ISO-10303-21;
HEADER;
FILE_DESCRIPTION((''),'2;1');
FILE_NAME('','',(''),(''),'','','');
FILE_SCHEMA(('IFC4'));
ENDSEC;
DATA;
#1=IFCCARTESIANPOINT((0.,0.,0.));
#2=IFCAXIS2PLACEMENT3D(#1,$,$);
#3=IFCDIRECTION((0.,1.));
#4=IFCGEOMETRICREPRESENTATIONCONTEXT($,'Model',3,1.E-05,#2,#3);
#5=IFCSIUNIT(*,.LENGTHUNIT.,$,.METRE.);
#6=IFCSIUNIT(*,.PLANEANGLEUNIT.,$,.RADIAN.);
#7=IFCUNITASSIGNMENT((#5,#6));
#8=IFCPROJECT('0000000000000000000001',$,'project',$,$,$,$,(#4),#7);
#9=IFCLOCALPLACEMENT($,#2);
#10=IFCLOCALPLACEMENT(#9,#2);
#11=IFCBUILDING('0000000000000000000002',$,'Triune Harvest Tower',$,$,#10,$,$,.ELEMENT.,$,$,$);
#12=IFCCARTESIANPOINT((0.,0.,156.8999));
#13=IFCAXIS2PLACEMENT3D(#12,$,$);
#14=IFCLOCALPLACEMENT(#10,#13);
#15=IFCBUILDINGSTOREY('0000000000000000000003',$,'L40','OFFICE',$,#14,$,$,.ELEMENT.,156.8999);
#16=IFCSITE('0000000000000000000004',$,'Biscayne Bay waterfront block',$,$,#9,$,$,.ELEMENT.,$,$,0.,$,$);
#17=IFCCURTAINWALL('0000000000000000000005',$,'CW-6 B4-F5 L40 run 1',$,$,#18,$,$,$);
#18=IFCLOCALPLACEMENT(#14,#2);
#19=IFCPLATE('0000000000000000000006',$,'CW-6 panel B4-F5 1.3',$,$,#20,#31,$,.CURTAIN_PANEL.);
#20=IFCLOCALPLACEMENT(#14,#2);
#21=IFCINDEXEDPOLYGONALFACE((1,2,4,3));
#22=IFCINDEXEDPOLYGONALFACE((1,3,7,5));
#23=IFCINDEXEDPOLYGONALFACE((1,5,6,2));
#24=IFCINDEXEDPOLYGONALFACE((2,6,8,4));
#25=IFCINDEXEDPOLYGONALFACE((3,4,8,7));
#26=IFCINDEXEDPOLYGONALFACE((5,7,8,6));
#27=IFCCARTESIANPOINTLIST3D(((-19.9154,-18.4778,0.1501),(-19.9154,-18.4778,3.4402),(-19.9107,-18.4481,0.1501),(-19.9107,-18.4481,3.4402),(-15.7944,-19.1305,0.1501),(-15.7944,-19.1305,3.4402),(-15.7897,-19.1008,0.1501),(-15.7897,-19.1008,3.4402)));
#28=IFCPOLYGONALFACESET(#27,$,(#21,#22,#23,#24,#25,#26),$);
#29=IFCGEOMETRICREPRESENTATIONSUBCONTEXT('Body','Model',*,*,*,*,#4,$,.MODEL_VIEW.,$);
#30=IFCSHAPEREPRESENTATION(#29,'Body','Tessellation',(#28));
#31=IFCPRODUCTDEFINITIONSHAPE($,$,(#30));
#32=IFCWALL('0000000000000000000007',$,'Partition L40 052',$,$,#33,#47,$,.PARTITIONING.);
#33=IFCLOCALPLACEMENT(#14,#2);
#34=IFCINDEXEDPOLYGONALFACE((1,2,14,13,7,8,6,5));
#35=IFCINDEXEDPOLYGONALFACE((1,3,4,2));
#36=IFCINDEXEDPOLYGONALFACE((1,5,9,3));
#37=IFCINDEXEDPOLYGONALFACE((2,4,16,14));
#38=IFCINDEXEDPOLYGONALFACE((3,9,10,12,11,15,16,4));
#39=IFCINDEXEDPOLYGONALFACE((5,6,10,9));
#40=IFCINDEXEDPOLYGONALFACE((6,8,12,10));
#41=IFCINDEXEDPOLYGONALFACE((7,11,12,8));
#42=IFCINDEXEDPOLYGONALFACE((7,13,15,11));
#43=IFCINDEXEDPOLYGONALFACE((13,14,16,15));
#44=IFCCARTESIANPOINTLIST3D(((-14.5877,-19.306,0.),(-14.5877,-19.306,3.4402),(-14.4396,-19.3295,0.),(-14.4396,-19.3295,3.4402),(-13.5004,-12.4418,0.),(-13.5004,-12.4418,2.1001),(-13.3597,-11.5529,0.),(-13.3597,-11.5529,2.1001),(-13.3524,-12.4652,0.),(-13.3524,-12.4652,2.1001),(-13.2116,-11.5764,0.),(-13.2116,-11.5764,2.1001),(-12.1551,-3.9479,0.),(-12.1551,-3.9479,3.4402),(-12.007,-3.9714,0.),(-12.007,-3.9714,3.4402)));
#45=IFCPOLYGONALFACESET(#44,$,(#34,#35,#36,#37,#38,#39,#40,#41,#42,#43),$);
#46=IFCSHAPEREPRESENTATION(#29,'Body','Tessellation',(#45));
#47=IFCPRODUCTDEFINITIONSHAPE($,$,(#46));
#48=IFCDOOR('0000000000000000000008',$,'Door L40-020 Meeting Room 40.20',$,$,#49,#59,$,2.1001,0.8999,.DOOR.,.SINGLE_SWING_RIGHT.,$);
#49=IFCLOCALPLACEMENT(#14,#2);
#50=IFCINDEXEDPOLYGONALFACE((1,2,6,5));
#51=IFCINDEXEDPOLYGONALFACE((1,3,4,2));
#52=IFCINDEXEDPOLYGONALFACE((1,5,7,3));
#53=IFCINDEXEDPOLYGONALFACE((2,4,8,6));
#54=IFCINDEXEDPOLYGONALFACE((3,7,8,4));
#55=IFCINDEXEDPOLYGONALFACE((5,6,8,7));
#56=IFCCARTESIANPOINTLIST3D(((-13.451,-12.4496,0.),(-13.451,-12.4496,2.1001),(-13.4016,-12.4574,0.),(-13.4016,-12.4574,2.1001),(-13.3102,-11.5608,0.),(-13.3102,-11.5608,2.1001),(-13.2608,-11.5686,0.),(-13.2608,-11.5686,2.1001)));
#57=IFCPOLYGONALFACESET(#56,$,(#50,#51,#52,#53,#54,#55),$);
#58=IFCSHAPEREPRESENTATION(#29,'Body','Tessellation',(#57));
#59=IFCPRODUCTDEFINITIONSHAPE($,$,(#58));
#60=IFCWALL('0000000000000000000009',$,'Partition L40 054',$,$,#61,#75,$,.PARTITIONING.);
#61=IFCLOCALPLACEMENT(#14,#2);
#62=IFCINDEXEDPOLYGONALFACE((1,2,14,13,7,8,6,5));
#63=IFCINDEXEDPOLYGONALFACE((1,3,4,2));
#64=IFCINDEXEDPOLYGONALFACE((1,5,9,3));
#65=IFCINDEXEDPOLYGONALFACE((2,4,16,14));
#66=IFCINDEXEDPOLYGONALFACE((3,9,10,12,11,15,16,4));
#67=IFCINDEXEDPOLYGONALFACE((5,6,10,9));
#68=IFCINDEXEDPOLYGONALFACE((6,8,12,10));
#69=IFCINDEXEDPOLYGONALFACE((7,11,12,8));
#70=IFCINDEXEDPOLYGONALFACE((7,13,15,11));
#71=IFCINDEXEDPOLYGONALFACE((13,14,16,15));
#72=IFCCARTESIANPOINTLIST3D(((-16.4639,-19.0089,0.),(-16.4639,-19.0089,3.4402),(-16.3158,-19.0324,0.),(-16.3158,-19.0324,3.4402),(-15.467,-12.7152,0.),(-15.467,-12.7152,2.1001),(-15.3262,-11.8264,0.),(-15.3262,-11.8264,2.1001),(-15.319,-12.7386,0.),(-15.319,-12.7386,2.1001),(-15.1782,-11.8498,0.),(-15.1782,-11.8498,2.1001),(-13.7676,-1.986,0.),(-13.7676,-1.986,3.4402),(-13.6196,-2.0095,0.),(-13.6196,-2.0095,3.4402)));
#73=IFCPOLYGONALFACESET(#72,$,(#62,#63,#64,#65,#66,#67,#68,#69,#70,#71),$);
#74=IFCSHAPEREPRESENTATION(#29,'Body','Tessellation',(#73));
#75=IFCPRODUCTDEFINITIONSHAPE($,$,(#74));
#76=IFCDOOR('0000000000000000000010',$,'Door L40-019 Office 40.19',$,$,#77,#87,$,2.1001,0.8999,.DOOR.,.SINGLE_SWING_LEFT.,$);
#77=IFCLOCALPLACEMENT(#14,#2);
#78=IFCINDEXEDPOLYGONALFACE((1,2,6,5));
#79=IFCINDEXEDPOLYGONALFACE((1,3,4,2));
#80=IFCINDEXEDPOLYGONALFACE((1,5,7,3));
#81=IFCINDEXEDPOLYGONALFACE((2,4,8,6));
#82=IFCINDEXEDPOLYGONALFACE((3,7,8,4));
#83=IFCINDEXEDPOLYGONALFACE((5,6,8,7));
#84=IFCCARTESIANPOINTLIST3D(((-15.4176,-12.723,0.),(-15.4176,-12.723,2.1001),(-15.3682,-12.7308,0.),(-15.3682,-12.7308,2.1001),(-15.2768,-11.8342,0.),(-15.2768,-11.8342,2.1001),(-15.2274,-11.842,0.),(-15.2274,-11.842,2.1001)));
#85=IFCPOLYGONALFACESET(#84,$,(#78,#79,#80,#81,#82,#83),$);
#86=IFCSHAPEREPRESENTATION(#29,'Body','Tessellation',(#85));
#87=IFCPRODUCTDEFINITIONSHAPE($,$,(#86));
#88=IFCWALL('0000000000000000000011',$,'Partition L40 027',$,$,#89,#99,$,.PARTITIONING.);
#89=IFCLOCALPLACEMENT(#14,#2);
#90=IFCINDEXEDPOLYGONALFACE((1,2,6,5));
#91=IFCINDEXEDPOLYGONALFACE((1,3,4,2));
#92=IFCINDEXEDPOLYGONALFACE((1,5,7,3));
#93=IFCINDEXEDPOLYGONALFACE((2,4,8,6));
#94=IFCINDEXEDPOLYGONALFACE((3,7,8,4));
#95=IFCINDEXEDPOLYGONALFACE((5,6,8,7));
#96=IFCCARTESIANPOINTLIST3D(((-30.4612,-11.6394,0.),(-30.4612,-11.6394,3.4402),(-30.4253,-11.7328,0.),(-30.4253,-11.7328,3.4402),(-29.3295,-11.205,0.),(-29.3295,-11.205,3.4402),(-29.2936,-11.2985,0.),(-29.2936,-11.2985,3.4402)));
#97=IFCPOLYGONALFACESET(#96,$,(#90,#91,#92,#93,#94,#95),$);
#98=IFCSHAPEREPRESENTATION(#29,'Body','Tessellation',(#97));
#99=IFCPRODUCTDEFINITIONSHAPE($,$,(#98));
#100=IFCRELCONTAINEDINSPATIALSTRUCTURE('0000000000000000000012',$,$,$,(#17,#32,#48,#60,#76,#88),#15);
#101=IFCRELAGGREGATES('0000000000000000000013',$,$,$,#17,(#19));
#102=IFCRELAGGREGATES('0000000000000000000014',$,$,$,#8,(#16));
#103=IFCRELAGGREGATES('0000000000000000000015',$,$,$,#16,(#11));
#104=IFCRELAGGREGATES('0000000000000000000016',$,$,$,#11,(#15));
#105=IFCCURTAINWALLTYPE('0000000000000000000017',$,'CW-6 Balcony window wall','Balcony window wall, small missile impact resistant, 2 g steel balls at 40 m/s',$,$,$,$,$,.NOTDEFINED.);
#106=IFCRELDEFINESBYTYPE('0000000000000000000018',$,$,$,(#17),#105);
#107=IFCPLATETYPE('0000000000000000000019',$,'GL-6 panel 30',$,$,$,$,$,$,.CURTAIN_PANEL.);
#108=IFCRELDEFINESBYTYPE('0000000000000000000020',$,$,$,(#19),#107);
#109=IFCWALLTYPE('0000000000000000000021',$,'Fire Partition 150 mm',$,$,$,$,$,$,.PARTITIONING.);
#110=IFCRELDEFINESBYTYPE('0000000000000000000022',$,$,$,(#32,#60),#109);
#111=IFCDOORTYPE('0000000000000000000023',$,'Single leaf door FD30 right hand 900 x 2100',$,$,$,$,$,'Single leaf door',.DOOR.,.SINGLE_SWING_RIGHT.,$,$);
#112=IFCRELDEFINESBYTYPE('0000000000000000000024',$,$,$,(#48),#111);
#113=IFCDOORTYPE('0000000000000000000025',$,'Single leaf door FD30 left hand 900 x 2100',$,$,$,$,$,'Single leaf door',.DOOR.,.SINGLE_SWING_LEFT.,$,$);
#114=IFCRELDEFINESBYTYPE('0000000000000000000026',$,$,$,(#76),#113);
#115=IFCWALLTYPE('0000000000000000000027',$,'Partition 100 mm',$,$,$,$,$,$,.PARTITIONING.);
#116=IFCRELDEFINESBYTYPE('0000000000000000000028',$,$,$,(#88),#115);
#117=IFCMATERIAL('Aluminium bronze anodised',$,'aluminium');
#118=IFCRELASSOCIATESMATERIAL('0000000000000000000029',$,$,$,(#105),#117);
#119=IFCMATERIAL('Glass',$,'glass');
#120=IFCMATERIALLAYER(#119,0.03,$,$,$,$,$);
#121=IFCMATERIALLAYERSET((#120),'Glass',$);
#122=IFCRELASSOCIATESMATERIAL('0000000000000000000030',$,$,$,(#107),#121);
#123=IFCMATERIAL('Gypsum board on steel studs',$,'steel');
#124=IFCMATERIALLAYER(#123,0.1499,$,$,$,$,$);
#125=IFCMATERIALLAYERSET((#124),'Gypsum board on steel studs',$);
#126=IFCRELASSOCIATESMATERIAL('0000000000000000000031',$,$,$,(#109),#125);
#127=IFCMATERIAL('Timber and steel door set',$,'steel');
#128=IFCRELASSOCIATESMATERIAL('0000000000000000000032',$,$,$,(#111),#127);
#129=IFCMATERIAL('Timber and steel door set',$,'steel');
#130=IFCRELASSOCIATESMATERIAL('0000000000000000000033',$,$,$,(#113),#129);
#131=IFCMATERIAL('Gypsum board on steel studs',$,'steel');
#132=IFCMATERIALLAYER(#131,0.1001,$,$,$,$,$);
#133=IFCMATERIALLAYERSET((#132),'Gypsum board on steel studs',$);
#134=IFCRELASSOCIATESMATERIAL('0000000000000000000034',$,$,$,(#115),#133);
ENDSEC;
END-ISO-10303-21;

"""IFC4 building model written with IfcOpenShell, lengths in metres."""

from ifc_helpers import new_model, si_unit, direction, frame, frame_2d, origin, origin_2d, place, context, subcontext, project, spatial, rectangle, extrude, source, transform, mapped, material, layer, layer_set, type_object, element, fill, aggregate, save


model = new_model("IFC4")

# Units and contexts
model_context = context("Model", 3, precision=1e-05, world=origin(), true_north=direction((0.0, 1.0)))
body_context = subcontext(model_context, "Body", "Model", "MODEL_VIEW")
ifc_project = project(units=[si_unit("LENGTHUNIT", "METRE"), si_unit("PLANEANGLEUNIT", "RADIAN")], contexts=[model_context])

# Site, building, storey
site_placement = place(None, origin())
site = spatial("IfcSite", under=ifc_project, at=site_placement, Name="Biscayne Bay waterfront block", CompositionType="ELEMENT", RefElevation=0.0)
building_placement = place(site_placement, origin())
building = spatial("IfcBuilding", under=site, at=building_placement, Name="Triune Harvest Tower", CompositionType="ELEMENT")
storey_placement = place(building_placement, frame((0.0, 0.0, 156.8999)))
storey = spatial("IfcBuildingStorey", under=building, at=storey_placement, Name="L40", Description="OFFICE", CompositionType="ELEMENT", Elevation=156.8999)

# Curtain wall
ifc_material_1 = material(Name="Aluminium bronze anodised", Category="aluminium")
curtain_wall_type_1 = type_object("IfcCurtainWallType", Name="CW-6 Balcony window wall", Description="Balcony window wall, small missile impact resistant, 2 g steel balls at 40 m/s", PredefinedType="NOTDEFINED", material=ifc_material_1)
curtain_wall_1_placement = place(storey_placement, origin())
curtain_wall_1 = element("IfcCurtainWall", 1, at=curtain_wall_1_placement, inside=storey, type_object=curtain_wall_type_1, Name="CW-6 B4-F5 L40 run 1")

# Plate
ifc_material_2 = material(Name="Glass", Category="glass")
ifc_layer_1 = layer(ifc_material_2, 0.03)
ifc_layer_set_1 = layer_set([ifc_layer_1], Name="Glass")
plate_type_1 = type_object("IfcPlateType", Name="GL-6 panel 30", PredefinedType="CURTAIN_PANEL", material=ifc_layer_set_1)
shared_shape_1 = source(origin(), body_context, "Body", "SweptSolid", [
    extrude(rectangle(XDim=4.1724, YDim=0.03, at=origin_2d()), origin(), (0.0, 0.0, 1.0), 3.29),
])
plate_1_placement = place(storey_placement, frame((-17.8525, -18.7893, 0.1501), z_axis=(0.0, 0.0, 1.0), x_axis=(0.987688, -0.156437, 0.0)))
plate_1 = element("IfcPlate", 2, at=plate_1_placement, type_object=plate_type_1, Name="CW-6 panel B4-F5 1.3", PredefinedType="CURTAIN_PANEL", context=body_context, shape_type="MappedRepresentation", body=[
    mapped(shared_shape_1, transform((0.0, 0.0, 0.0), scale=1.0)),
])
aggregate(curtain_wall_1, [plate_1])

# Walls, openings, doors
ifc_material_3 = material(Name="Gypsum board on steel studs", Category="steel")
ifc_layer_2 = layer(ifc_material_3, 0.1499)
ifc_layer_set_2 = layer_set([ifc_layer_2], Name="Gypsum board on steel studs")
wall_type_1 = type_object("IfcWallType", Name="Fire Partition 150 mm", PredefinedType="PARTITIONING", material=ifc_layer_set_2)
wall_1_placement = place(storey_placement, frame((-14.5137, -19.3179, 0.0), z_axis=(0.0, 0.0, 1.0), x_axis=(0.156442, 0.987687, 0.0)))
wall_1 = element("IfcWall", 3, at=wall_1_placement, inside=storey, type_object=wall_type_1, Name="Partition L40 052", PredefinedType="PARTITIONING", context=body_context, shape_type="SweptSolid", body=[
    extrude(rectangle(XDim=15.5496, YDim=0.1499, at=frame_2d((7.7749, 0.0))), origin(), (0.0, 0.0, 1.0), 3.4402),
])
opening_1_placement = place(wall_1_placement, frame((6.95, 0.0, 0.0)))
opening_1 = element("IfcOpeningElement", 4, at=opening_1_placement, cuts=wall_1, PredefinedType="OPENING", context=body_context, shape_type="SweptSolid", body=[
    extrude(rectangle(XDim=0.8999, YDim=2.1001, at=frame_2d((0.45, 1.05))), frame((0.0, 0.085, 0.0), z_axis=(0.0, -1.0, 0.0), x_axis=(1.0, 0.0, 0.0)), (0.0, 0.0, 1.0), 0.1699),
])
ifc_material_4 = material(Name="Timber and steel door set", Category="steel")
door_type_1 = type_object("IfcDoorType", Name="Single leaf door FD30 right hand 900 x 2100", ElementType="Single leaf door", OperationType="SINGLE_SWING_RIGHT", PredefinedType="DOOR", material=ifc_material_4)
door_1_placement = place(opening_1_placement, origin())
door_1 = element("IfcDoor", 5, at=door_1_placement, inside=storey, type_object=door_type_1, Name="Door L40-020 Meeting Room 40.20", OperationType="SINGLE_SWING_RIGHT", OverallHeight=2.1001, OverallWidth=0.8999, PredefinedType="DOOR", context=body_context, shape_type="SweptSolid", body=[
    extrude(rectangle(XDim=0.8999, YDim=2.1001, at=frame_2d((0.45, 1.05))), frame((0.0, 0.0249, 0.0), z_axis=(0.0, -1.0, 0.0), x_axis=(1.0, 0.0, 0.0)), (0.0, 0.0, 1.0), 0.05),
])
fill(opening_1, door_1)
wall_2_placement = place(storey_placement, frame((-16.3899, -19.0208, 0.0), z_axis=(0.0, 0.0, 1.0), x_axis=(0.156441, 0.987687, 0.0)))
wall_2 = element("IfcWall", 6, at=wall_2_placement, inside=storey, type_object=wall_type_1, Name="Partition L40 054", PredefinedType="PARTITIONING", context=body_context, shape_type="SweptSolid", body=[
    extrude(rectangle(XDim=17.2351, YDim=0.1499, at=frame_2d((8.6177, 0.0))), origin(), (0.0, 0.0, 1.0), 3.4402),
])
opening_2_placement = place(wall_2_placement, frame((6.3723, 0.0, 0.0)))
opening_2 = element("IfcOpeningElement", 7, at=opening_2_placement, cuts=wall_2, PredefinedType="OPENING", context=body_context, shape_type="SweptSolid", body=[
    extrude(rectangle(XDim=0.8999, YDim=2.1001, at=frame_2d((0.45, 1.05))), frame((0.0, 0.085, 0.0), z_axis=(0.0, -1.0, 0.0), x_axis=(1.0, 0.0, 0.0)), (0.0, 0.0, 1.0), 0.1699),
])
ifc_material_5 = material(Name="Timber and steel door set", Category="steel")
door_type_2 = type_object("IfcDoorType", Name="Single leaf door FD30 left hand 900 x 2100", ElementType="Single leaf door", OperationType="SINGLE_SWING_LEFT", PredefinedType="DOOR", material=ifc_material_5)
door_2_placement = place(opening_2_placement, origin())
door_2 = element("IfcDoor", 8, at=door_2_placement, inside=storey, type_object=door_type_2, Name="Door L40-019 Office 40.19", OperationType="SINGLE_SWING_LEFT", OverallHeight=2.1001, OverallWidth=0.8999, PredefinedType="DOOR", context=body_context, shape_type="SweptSolid", body=[
    extrude(rectangle(XDim=0.8999, YDim=2.1001, at=frame_2d((0.45, 1.05))), frame((0.0, 0.0249, 0.0), z_axis=(0.0, -1.0, 0.0), x_axis=(1.0, 0.0, 0.0)), (0.0, 0.0, 1.0), 0.05),
])
fill(opening_2, door_2)

# Wall
ifc_material_6 = material(Name="Gypsum board on steel studs", Category="steel")
ifc_layer_3 = layer(ifc_material_6, 0.1001)
ifc_layer_set_3 = layer_set([ifc_layer_3], Name="Gypsum board on steel studs")
wall_type_2 = type_object("IfcWallType", Name="Partition 100 mm", PredefinedType="PARTITIONING", material=ifc_layer_set_3)
shared_shape_2 = source(origin(), body_context, "Body", "SweptSolid", [
    extrude(rectangle(XDim=1.2122, YDim=0.1001, at=frame_2d((0.606, 0.0))), origin(), (0.0, 0.0, 1.0), 3.4402),
])
wall_3_placement = place(storey_placement, frame((-30.4431, -11.686, 0.0), z_axis=(0.0, 0.0, 1.0), x_axis=(0.933595, 0.358331, 0.0)))
element("IfcWall", 9, at=wall_3_placement, inside=storey, type_object=wall_type_2, Name="Partition L40 027", PredefinedType="PARTITIONING", context=body_context, shape_type="MappedRepresentation", body=[
    mapped(shared_shape_2, transform((0.0, 0.0, 0.0), scale=1.0)),
])

save(model, "model.ifc")
